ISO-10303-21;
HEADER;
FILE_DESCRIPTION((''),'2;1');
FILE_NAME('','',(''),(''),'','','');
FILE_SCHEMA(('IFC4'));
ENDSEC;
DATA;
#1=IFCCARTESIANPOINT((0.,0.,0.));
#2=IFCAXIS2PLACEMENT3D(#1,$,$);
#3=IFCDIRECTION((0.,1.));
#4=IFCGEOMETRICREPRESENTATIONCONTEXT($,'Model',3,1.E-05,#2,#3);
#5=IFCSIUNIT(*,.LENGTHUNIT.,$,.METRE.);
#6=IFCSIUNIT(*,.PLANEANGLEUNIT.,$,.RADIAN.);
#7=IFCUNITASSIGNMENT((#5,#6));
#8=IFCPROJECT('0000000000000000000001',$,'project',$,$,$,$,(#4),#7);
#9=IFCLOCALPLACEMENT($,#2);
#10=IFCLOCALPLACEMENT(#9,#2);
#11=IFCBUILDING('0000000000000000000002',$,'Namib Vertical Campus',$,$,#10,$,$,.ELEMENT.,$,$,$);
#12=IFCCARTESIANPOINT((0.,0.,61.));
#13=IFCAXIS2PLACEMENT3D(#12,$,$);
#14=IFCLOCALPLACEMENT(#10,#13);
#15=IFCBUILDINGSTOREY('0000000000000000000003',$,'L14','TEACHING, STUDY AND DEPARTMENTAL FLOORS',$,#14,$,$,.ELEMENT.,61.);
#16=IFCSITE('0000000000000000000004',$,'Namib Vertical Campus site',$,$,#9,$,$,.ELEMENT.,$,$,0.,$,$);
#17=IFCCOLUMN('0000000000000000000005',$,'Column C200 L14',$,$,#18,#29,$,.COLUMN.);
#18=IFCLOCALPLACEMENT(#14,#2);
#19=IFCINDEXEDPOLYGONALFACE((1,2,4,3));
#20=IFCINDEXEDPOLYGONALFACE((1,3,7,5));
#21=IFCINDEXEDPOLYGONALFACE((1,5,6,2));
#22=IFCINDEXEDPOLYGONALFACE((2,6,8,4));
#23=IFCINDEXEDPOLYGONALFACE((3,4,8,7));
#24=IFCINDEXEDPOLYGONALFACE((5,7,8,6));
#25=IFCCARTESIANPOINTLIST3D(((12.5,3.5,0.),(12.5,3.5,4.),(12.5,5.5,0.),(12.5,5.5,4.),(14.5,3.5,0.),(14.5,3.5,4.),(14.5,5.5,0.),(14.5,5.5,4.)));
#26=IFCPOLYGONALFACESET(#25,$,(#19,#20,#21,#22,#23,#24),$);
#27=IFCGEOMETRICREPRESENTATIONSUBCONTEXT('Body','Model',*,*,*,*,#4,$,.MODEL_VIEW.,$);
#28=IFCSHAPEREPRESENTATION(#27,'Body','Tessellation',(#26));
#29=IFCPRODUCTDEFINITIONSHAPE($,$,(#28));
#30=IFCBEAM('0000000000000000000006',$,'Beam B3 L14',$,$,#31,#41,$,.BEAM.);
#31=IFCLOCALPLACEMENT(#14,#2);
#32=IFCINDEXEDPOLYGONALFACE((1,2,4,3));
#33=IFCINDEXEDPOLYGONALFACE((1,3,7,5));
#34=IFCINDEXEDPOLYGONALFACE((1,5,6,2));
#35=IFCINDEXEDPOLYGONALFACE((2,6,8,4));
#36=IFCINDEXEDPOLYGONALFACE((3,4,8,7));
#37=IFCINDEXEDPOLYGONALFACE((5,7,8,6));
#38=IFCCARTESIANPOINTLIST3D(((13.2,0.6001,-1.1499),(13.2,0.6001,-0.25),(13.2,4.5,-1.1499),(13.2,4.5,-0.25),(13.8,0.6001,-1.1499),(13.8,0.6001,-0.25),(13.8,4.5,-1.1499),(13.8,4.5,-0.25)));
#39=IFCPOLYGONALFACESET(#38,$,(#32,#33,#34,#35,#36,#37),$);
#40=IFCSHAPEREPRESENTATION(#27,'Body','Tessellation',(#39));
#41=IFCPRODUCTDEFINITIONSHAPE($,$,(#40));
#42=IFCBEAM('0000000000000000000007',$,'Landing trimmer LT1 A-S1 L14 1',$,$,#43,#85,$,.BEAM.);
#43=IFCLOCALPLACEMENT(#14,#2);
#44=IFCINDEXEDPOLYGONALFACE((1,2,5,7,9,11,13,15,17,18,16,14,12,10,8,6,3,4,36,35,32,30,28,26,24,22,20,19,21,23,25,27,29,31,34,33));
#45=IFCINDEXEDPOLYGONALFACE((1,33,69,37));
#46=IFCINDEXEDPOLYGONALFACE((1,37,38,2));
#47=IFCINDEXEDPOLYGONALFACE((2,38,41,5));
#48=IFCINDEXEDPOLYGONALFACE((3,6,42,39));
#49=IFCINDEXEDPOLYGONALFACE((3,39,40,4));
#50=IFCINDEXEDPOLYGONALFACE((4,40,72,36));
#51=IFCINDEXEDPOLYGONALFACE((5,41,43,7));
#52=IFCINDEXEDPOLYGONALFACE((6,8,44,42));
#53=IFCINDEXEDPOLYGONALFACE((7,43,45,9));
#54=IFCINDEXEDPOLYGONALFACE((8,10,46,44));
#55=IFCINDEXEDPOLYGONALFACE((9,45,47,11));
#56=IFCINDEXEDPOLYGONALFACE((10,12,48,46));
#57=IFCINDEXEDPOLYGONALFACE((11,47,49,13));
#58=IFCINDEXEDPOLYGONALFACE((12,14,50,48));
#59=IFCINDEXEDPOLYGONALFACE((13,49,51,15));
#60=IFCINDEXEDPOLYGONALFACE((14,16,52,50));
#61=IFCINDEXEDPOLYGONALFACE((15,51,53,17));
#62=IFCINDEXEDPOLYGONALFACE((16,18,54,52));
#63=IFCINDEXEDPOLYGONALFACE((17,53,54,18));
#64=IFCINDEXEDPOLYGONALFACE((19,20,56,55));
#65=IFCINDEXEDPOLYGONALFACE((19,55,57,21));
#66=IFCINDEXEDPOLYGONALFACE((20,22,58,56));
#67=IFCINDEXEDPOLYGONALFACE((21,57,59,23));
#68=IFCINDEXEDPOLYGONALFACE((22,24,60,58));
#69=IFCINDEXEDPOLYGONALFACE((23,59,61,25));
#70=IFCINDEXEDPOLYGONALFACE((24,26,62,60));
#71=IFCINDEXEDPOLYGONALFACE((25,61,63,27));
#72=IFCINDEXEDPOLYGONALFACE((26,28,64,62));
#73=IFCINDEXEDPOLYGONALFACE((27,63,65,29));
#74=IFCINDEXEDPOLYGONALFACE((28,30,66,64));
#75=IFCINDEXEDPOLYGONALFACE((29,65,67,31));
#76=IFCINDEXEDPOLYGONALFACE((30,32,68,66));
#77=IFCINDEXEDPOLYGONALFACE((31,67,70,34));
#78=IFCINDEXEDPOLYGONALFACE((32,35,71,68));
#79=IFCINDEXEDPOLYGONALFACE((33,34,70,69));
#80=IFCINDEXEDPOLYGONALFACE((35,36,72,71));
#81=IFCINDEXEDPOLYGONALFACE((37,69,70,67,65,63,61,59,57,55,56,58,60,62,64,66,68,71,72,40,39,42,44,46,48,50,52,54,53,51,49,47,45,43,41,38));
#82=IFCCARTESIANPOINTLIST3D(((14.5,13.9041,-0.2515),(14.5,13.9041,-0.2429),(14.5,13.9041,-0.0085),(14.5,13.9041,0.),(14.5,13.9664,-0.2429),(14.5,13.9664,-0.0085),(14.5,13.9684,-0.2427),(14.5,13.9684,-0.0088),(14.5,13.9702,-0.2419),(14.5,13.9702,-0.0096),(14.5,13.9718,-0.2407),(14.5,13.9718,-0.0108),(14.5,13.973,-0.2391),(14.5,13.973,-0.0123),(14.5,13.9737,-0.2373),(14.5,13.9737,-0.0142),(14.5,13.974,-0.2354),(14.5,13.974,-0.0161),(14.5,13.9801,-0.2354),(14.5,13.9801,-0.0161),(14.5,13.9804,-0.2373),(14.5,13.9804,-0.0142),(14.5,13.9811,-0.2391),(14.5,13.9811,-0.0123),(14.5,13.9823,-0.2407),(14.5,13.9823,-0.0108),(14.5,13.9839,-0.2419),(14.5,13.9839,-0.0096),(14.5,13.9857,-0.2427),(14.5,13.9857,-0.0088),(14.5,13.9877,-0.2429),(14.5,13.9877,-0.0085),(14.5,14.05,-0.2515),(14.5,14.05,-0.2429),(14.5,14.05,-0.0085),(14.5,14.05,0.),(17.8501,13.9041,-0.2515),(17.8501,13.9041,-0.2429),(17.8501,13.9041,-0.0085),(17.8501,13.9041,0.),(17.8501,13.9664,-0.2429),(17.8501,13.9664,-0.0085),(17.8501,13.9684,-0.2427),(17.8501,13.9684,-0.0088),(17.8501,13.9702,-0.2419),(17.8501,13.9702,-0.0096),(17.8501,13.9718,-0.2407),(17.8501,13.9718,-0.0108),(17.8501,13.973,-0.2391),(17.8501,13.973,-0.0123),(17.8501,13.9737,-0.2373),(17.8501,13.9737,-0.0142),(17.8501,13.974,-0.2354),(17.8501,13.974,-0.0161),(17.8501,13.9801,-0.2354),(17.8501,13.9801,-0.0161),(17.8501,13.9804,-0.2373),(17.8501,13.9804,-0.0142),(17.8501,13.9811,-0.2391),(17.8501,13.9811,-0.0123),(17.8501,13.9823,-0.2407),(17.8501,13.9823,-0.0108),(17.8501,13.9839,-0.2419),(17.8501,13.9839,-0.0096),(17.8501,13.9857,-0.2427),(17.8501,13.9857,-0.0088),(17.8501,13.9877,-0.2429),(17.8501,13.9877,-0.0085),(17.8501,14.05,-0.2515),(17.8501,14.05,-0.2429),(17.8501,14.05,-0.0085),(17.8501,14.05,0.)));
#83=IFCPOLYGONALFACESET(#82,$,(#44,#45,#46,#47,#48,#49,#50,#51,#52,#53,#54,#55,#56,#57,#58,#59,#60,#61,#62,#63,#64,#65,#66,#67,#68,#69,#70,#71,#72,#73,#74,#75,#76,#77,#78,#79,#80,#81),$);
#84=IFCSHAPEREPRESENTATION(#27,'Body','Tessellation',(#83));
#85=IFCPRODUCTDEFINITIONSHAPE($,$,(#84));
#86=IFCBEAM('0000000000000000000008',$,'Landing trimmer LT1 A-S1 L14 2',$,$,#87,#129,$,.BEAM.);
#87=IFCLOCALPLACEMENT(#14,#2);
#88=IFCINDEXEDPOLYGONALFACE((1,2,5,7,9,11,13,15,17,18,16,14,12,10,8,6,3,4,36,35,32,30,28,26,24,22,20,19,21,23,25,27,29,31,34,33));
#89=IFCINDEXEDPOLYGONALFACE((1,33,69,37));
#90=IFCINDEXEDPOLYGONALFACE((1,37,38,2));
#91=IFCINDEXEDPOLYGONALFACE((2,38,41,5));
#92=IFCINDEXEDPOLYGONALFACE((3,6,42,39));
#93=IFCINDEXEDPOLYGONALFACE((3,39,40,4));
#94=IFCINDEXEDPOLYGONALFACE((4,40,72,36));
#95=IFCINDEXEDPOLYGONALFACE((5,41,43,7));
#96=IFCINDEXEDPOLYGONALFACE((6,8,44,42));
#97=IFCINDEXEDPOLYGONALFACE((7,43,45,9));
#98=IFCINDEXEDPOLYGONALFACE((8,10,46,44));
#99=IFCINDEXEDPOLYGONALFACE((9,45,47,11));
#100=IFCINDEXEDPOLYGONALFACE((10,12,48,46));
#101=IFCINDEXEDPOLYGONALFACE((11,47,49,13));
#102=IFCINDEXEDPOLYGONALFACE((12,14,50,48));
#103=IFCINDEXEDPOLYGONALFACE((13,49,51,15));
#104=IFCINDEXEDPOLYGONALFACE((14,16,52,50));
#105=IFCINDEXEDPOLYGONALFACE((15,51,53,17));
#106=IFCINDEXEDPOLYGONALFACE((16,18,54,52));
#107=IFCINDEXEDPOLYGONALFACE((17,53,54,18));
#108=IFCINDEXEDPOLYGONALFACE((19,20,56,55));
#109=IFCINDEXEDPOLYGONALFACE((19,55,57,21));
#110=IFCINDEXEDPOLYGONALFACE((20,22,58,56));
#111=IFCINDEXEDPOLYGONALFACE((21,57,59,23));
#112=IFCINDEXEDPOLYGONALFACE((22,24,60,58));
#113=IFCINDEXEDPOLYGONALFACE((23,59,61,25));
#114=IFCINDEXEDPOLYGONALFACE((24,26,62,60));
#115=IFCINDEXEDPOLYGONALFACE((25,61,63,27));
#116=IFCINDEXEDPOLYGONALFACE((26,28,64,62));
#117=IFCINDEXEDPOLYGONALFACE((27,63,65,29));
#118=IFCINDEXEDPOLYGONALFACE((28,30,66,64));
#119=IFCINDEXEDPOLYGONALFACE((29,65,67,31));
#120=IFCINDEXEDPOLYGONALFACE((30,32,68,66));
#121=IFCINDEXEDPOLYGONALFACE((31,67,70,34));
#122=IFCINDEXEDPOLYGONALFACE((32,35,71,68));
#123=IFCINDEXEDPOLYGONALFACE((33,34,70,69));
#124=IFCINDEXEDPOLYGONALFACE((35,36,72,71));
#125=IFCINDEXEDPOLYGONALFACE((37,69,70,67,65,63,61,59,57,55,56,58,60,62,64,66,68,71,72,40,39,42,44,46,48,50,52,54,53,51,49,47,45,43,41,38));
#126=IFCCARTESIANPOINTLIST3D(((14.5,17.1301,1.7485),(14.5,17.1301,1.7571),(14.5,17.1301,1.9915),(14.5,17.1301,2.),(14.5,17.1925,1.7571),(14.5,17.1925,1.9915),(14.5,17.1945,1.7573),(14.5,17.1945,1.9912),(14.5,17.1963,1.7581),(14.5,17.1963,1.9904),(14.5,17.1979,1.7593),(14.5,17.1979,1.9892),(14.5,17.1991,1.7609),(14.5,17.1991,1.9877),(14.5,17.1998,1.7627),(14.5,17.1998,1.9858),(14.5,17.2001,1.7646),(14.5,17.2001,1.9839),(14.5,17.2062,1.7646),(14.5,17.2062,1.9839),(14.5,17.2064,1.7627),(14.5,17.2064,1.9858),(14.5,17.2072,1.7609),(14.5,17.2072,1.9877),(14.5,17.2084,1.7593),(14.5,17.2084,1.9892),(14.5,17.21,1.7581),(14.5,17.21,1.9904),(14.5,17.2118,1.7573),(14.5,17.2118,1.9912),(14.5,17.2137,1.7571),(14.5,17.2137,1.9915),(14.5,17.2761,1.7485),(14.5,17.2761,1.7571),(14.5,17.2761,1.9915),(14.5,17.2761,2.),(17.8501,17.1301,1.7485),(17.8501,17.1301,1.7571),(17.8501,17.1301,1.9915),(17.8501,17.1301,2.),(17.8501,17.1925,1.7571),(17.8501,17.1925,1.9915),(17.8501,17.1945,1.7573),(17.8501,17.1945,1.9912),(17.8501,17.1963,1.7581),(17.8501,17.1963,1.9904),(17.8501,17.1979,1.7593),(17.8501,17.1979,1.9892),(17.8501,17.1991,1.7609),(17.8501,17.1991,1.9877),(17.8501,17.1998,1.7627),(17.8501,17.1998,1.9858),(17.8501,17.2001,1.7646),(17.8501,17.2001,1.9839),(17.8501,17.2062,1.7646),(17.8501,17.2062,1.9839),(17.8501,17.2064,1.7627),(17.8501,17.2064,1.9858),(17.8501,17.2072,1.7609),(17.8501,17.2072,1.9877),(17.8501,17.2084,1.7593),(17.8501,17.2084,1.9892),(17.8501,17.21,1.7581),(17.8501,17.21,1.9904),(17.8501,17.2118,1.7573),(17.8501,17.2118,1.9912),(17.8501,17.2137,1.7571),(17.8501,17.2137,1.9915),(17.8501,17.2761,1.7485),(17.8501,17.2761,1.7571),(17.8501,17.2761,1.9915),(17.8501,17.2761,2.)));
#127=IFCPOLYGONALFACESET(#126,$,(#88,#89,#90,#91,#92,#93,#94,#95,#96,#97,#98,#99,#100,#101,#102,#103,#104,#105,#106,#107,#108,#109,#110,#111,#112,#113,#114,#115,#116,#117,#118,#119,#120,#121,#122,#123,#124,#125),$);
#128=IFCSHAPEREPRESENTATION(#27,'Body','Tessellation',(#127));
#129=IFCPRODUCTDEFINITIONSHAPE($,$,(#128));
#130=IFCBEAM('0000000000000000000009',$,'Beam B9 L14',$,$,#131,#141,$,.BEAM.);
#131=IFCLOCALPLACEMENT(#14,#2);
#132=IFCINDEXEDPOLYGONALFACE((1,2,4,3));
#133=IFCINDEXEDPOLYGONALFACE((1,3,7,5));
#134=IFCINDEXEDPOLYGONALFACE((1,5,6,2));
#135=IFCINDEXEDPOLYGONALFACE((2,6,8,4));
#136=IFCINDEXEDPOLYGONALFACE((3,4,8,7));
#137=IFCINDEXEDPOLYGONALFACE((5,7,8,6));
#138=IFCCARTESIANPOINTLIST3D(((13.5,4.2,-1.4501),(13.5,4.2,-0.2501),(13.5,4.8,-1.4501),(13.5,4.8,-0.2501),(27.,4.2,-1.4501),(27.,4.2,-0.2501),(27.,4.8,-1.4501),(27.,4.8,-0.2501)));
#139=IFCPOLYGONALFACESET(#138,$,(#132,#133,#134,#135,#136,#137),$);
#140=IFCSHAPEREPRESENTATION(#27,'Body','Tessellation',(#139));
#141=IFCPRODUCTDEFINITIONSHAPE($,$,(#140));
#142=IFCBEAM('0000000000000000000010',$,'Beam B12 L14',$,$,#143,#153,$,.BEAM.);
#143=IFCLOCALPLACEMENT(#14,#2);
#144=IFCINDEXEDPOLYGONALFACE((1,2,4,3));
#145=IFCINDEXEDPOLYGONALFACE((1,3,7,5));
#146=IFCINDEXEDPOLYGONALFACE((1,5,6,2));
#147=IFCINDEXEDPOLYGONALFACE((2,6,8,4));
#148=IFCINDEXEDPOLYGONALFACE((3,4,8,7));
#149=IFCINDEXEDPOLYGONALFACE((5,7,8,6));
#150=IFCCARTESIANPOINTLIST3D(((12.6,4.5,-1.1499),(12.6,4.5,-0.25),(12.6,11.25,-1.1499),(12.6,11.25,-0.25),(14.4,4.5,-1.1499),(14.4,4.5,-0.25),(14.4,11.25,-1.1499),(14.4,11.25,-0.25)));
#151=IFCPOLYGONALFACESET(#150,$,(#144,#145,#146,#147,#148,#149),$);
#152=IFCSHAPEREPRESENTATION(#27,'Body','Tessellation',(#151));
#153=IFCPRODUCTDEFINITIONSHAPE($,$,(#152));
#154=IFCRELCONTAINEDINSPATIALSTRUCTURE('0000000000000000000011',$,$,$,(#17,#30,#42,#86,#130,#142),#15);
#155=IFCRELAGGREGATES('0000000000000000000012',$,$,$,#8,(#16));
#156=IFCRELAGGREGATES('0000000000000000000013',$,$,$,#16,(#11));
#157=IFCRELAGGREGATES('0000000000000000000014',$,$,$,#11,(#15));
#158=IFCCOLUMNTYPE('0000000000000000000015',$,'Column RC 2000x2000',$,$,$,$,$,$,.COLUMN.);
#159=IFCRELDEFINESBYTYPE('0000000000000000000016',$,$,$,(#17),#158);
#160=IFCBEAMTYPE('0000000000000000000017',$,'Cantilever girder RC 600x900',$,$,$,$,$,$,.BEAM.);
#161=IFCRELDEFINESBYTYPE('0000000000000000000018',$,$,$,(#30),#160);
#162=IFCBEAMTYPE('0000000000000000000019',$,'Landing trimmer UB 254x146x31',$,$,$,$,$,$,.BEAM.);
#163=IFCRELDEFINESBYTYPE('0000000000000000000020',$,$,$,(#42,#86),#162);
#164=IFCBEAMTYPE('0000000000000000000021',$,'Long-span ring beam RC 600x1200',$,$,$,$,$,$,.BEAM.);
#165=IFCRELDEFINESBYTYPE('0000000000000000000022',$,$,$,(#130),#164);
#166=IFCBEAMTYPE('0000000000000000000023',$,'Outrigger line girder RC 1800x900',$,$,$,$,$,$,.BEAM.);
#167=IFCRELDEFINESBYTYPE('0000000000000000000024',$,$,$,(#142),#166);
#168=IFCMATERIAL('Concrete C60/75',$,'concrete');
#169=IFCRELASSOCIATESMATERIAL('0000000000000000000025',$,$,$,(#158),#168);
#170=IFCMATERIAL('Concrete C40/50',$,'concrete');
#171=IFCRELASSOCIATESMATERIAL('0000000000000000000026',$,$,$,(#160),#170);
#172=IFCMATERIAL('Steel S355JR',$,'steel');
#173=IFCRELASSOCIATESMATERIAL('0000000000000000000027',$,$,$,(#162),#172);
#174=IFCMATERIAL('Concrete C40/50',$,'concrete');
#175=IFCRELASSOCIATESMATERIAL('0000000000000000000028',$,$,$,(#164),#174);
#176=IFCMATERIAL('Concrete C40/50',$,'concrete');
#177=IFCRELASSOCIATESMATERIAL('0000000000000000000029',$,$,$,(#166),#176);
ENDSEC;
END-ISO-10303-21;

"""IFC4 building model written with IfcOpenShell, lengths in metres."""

from ifc_helpers import new_model, si_unit, direction, frame, origin, origin_2d, place, context, subcontext, project, spatial, rectangle, i_section, extrude, material, material_profile, profile_set, type_object, element, save


model = new_model("IFC4")

# Units and contexts
model_context = context("Model", 3, precision=1e-05, world=origin(), true_north=direction((0.0, 1.0)))
body_context = subcontext(model_context, "Body", "Model", "MODEL_VIEW")
ifc_project = project(units=[si_unit("LENGTHUNIT", "METRE"), si_unit("PLANEANGLEUNIT", "RADIAN")], contexts=[model_context])

# Site, building, storey
site_placement = place(None, origin())
site = spatial("IfcSite", under=ifc_project, at=site_placement, Name="Namib Vertical Campus site", CompositionType="ELEMENT", RefElevation=0.0)
building_placement = place(site_placement, origin())
building = spatial("IfcBuilding", under=site, at=building_placement, Name="Namib Vertical Campus", CompositionType="ELEMENT")
storey_placement = place(building_placement, frame((0.0, 0.0, 61.0)))
storey = spatial("IfcBuildingStorey", under=building, at=storey_placement, Name="L14", Description="TEACHING, STUDY AND DEPARTMENTAL FLOORS", CompositionType="ELEMENT", Elevation=61.0)

# Column
ifc_material_1 = material(Name="Concrete C60/75", Category="concrete")
ifc_material_profile_1 = material_profile(ifc_material_1, rectangle(XDim=2.0, YDim=2.0, at=origin_2d()))
ifc_profile_set_1 = profile_set([ifc_material_profile_1], Name="Concrete C60/75")
column_type = type_object("IfcColumnType", Name="Column RC 2000x2000", PredefinedType="COLUMN", material=ifc_profile_set_1)
column_placement = place(storey_placement, frame((13.5, 4.5, 0.0), z_axis=(0.0, 0.0, 1.0), x_axis=(1.0, 0.0, 0.0)))
element("IfcColumn", 1, at=column_placement, inside=storey, type_object=column_type, Name="Column C200 L14", PredefinedType="COLUMN", context=body_context, shape_type="SweptSolid", body=[
    extrude(rectangle(XDim=2.0, YDim=2.0, at=origin_2d()), origin(), (0.0, 0.0, 1.0), 4.0),
])

# Beams
ifc_material_2 = material(Name="Concrete C40/50", Category="concrete")
ifc_material_profile_2 = material_profile(ifc_material_2, rectangle(XDim=0.6001, YDim=0.8999, at=origin_2d()))
ifc_profile_set_2 = profile_set([ifc_material_profile_2], Name="Concrete C40/50")
beam_type_1 = type_object("IfcBeamType", Name="Cantilever girder RC 600x900", PredefinedType="BEAM", material=ifc_profile_set_2)
beam_1_placement = place(storey_placement, frame((13.5, 4.5, -0.7), z_axis=(0.0, -1.0, 0.0), x_axis=(1.0, 0.0, 0.0)))
element("IfcBeam", 2, at=beam_1_placement, inside=storey, type_object=beam_type_1, Name="Beam B3 L14", PredefinedType="BEAM", context=body_context, shape_type="SweptSolid", body=[
    extrude(rectangle(XDim=0.6001, YDim=0.8999, at=origin_2d()), origin(), (0.0, 0.0, 1.0), 3.8999),
])
ifc_material_3 = material(Name="Steel S355JR", Category="steel")
ifc_material_profile_3 = material_profile(ifc_material_3, i_section(OverallWidth=0.146, OverallDepth=0.2515, WebThickness=0.0061, FlangeThickness=0.0085, FilletRadius=0.0076, at=origin_2d()))
ifc_profile_set_3 = profile_set([ifc_material_profile_3], Name="Steel S355JR")
beam_type_2 = type_object("IfcBeamType", Name="Landing trimmer UB 254x146x31", PredefinedType="BEAM", material=ifc_profile_set_3)
for number, where, z_axis, x_axis, name in (
    (3, (14.5, 13.9771, -0.1257), (1.0, 0.0, 0.0), (0.0, 1.0, 0.0), "Landing trimmer LT1 A-S1 L14 1"),
    (4, (14.5, 17.2031, 1.8743), (1.0, 0.0, 0.0), (0.0, 1.0, 0.0), "Landing trimmer LT1 A-S1 L14 2"),
):
    element("IfcBeam", number, at=place(storey_placement, frame(where, z_axis=z_axis, x_axis=x_axis)), inside=storey, type_object=beam_type_2, Name=name, PredefinedType="BEAM", context=body_context, shape_type="SweptSolid", body=[
        extrude(i_section(OverallWidth=0.146, OverallDepth=0.2515, WebThickness=0.0061, FlangeThickness=0.0085, FilletRadius=0.0076, at=origin_2d()), origin(), (0.0, 0.0, 1.0), 3.3501),
    ])
ifc_material_4 = material(Name="Concrete C40/50", Category="concrete")
ifc_material_profile_4 = material_profile(ifc_material_4, rectangle(XDim=0.6001, YDim=1.2, at=origin_2d()))
ifc_profile_set_4 = profile_set([ifc_material_profile_4], Name="Concrete C40/50")
beam_type_3 = type_object("IfcBeamType", Name="Long-span ring beam RC 600x1200", PredefinedType="BEAM", material=ifc_profile_set_4)
beam_2_placement = place(storey_placement, frame((13.5, 4.5, -0.8501), z_axis=(1.0, 0.0, 0.0), x_axis=(0.0, 1.0, 0.0)))
element("IfcBeam", 5, at=beam_2_placement, inside=storey, type_object=beam_type_3, Name="Beam B9 L14", PredefinedType="BEAM", context=body_context, shape_type="SweptSolid", body=[
    extrude(rectangle(XDim=0.6001, YDim=1.2, at=origin_2d()), origin(), (0.0, 0.0, 1.0), 13.5),
])
ifc_material_5 = material(Name="Concrete C40/50", Category="concrete")
ifc_material_profile_5 = material_profile(ifc_material_5, rectangle(XDim=1.8, YDim=0.8999, at=origin_2d()))
ifc_profile_set_5 = profile_set([ifc_material_profile_5], Name="Concrete C40/50")
beam_type_4 = type_object("IfcBeamType", Name="Outrigger line girder RC 1800x900", PredefinedType="BEAM", material=ifc_profile_set_5)
beam_3_placement = place(storey_placement, frame((13.5, 4.5, -0.7), z_axis=(0.0, 1.0, 0.0), x_axis=(-1.0, 0.0, 0.0)))
element("IfcBeam", 6, at=beam_3_placement, inside=storey, type_object=beam_type_4, Name="Beam B12 L14", PredefinedType="BEAM", context=body_context, shape_type="SweptSolid", body=[
    extrude(rectangle(XDim=1.8, YDim=0.8999, at=origin_2d()), origin(), (0.0, 0.0, 1.0), 6.75),
])

save(model, "model.ifc")
